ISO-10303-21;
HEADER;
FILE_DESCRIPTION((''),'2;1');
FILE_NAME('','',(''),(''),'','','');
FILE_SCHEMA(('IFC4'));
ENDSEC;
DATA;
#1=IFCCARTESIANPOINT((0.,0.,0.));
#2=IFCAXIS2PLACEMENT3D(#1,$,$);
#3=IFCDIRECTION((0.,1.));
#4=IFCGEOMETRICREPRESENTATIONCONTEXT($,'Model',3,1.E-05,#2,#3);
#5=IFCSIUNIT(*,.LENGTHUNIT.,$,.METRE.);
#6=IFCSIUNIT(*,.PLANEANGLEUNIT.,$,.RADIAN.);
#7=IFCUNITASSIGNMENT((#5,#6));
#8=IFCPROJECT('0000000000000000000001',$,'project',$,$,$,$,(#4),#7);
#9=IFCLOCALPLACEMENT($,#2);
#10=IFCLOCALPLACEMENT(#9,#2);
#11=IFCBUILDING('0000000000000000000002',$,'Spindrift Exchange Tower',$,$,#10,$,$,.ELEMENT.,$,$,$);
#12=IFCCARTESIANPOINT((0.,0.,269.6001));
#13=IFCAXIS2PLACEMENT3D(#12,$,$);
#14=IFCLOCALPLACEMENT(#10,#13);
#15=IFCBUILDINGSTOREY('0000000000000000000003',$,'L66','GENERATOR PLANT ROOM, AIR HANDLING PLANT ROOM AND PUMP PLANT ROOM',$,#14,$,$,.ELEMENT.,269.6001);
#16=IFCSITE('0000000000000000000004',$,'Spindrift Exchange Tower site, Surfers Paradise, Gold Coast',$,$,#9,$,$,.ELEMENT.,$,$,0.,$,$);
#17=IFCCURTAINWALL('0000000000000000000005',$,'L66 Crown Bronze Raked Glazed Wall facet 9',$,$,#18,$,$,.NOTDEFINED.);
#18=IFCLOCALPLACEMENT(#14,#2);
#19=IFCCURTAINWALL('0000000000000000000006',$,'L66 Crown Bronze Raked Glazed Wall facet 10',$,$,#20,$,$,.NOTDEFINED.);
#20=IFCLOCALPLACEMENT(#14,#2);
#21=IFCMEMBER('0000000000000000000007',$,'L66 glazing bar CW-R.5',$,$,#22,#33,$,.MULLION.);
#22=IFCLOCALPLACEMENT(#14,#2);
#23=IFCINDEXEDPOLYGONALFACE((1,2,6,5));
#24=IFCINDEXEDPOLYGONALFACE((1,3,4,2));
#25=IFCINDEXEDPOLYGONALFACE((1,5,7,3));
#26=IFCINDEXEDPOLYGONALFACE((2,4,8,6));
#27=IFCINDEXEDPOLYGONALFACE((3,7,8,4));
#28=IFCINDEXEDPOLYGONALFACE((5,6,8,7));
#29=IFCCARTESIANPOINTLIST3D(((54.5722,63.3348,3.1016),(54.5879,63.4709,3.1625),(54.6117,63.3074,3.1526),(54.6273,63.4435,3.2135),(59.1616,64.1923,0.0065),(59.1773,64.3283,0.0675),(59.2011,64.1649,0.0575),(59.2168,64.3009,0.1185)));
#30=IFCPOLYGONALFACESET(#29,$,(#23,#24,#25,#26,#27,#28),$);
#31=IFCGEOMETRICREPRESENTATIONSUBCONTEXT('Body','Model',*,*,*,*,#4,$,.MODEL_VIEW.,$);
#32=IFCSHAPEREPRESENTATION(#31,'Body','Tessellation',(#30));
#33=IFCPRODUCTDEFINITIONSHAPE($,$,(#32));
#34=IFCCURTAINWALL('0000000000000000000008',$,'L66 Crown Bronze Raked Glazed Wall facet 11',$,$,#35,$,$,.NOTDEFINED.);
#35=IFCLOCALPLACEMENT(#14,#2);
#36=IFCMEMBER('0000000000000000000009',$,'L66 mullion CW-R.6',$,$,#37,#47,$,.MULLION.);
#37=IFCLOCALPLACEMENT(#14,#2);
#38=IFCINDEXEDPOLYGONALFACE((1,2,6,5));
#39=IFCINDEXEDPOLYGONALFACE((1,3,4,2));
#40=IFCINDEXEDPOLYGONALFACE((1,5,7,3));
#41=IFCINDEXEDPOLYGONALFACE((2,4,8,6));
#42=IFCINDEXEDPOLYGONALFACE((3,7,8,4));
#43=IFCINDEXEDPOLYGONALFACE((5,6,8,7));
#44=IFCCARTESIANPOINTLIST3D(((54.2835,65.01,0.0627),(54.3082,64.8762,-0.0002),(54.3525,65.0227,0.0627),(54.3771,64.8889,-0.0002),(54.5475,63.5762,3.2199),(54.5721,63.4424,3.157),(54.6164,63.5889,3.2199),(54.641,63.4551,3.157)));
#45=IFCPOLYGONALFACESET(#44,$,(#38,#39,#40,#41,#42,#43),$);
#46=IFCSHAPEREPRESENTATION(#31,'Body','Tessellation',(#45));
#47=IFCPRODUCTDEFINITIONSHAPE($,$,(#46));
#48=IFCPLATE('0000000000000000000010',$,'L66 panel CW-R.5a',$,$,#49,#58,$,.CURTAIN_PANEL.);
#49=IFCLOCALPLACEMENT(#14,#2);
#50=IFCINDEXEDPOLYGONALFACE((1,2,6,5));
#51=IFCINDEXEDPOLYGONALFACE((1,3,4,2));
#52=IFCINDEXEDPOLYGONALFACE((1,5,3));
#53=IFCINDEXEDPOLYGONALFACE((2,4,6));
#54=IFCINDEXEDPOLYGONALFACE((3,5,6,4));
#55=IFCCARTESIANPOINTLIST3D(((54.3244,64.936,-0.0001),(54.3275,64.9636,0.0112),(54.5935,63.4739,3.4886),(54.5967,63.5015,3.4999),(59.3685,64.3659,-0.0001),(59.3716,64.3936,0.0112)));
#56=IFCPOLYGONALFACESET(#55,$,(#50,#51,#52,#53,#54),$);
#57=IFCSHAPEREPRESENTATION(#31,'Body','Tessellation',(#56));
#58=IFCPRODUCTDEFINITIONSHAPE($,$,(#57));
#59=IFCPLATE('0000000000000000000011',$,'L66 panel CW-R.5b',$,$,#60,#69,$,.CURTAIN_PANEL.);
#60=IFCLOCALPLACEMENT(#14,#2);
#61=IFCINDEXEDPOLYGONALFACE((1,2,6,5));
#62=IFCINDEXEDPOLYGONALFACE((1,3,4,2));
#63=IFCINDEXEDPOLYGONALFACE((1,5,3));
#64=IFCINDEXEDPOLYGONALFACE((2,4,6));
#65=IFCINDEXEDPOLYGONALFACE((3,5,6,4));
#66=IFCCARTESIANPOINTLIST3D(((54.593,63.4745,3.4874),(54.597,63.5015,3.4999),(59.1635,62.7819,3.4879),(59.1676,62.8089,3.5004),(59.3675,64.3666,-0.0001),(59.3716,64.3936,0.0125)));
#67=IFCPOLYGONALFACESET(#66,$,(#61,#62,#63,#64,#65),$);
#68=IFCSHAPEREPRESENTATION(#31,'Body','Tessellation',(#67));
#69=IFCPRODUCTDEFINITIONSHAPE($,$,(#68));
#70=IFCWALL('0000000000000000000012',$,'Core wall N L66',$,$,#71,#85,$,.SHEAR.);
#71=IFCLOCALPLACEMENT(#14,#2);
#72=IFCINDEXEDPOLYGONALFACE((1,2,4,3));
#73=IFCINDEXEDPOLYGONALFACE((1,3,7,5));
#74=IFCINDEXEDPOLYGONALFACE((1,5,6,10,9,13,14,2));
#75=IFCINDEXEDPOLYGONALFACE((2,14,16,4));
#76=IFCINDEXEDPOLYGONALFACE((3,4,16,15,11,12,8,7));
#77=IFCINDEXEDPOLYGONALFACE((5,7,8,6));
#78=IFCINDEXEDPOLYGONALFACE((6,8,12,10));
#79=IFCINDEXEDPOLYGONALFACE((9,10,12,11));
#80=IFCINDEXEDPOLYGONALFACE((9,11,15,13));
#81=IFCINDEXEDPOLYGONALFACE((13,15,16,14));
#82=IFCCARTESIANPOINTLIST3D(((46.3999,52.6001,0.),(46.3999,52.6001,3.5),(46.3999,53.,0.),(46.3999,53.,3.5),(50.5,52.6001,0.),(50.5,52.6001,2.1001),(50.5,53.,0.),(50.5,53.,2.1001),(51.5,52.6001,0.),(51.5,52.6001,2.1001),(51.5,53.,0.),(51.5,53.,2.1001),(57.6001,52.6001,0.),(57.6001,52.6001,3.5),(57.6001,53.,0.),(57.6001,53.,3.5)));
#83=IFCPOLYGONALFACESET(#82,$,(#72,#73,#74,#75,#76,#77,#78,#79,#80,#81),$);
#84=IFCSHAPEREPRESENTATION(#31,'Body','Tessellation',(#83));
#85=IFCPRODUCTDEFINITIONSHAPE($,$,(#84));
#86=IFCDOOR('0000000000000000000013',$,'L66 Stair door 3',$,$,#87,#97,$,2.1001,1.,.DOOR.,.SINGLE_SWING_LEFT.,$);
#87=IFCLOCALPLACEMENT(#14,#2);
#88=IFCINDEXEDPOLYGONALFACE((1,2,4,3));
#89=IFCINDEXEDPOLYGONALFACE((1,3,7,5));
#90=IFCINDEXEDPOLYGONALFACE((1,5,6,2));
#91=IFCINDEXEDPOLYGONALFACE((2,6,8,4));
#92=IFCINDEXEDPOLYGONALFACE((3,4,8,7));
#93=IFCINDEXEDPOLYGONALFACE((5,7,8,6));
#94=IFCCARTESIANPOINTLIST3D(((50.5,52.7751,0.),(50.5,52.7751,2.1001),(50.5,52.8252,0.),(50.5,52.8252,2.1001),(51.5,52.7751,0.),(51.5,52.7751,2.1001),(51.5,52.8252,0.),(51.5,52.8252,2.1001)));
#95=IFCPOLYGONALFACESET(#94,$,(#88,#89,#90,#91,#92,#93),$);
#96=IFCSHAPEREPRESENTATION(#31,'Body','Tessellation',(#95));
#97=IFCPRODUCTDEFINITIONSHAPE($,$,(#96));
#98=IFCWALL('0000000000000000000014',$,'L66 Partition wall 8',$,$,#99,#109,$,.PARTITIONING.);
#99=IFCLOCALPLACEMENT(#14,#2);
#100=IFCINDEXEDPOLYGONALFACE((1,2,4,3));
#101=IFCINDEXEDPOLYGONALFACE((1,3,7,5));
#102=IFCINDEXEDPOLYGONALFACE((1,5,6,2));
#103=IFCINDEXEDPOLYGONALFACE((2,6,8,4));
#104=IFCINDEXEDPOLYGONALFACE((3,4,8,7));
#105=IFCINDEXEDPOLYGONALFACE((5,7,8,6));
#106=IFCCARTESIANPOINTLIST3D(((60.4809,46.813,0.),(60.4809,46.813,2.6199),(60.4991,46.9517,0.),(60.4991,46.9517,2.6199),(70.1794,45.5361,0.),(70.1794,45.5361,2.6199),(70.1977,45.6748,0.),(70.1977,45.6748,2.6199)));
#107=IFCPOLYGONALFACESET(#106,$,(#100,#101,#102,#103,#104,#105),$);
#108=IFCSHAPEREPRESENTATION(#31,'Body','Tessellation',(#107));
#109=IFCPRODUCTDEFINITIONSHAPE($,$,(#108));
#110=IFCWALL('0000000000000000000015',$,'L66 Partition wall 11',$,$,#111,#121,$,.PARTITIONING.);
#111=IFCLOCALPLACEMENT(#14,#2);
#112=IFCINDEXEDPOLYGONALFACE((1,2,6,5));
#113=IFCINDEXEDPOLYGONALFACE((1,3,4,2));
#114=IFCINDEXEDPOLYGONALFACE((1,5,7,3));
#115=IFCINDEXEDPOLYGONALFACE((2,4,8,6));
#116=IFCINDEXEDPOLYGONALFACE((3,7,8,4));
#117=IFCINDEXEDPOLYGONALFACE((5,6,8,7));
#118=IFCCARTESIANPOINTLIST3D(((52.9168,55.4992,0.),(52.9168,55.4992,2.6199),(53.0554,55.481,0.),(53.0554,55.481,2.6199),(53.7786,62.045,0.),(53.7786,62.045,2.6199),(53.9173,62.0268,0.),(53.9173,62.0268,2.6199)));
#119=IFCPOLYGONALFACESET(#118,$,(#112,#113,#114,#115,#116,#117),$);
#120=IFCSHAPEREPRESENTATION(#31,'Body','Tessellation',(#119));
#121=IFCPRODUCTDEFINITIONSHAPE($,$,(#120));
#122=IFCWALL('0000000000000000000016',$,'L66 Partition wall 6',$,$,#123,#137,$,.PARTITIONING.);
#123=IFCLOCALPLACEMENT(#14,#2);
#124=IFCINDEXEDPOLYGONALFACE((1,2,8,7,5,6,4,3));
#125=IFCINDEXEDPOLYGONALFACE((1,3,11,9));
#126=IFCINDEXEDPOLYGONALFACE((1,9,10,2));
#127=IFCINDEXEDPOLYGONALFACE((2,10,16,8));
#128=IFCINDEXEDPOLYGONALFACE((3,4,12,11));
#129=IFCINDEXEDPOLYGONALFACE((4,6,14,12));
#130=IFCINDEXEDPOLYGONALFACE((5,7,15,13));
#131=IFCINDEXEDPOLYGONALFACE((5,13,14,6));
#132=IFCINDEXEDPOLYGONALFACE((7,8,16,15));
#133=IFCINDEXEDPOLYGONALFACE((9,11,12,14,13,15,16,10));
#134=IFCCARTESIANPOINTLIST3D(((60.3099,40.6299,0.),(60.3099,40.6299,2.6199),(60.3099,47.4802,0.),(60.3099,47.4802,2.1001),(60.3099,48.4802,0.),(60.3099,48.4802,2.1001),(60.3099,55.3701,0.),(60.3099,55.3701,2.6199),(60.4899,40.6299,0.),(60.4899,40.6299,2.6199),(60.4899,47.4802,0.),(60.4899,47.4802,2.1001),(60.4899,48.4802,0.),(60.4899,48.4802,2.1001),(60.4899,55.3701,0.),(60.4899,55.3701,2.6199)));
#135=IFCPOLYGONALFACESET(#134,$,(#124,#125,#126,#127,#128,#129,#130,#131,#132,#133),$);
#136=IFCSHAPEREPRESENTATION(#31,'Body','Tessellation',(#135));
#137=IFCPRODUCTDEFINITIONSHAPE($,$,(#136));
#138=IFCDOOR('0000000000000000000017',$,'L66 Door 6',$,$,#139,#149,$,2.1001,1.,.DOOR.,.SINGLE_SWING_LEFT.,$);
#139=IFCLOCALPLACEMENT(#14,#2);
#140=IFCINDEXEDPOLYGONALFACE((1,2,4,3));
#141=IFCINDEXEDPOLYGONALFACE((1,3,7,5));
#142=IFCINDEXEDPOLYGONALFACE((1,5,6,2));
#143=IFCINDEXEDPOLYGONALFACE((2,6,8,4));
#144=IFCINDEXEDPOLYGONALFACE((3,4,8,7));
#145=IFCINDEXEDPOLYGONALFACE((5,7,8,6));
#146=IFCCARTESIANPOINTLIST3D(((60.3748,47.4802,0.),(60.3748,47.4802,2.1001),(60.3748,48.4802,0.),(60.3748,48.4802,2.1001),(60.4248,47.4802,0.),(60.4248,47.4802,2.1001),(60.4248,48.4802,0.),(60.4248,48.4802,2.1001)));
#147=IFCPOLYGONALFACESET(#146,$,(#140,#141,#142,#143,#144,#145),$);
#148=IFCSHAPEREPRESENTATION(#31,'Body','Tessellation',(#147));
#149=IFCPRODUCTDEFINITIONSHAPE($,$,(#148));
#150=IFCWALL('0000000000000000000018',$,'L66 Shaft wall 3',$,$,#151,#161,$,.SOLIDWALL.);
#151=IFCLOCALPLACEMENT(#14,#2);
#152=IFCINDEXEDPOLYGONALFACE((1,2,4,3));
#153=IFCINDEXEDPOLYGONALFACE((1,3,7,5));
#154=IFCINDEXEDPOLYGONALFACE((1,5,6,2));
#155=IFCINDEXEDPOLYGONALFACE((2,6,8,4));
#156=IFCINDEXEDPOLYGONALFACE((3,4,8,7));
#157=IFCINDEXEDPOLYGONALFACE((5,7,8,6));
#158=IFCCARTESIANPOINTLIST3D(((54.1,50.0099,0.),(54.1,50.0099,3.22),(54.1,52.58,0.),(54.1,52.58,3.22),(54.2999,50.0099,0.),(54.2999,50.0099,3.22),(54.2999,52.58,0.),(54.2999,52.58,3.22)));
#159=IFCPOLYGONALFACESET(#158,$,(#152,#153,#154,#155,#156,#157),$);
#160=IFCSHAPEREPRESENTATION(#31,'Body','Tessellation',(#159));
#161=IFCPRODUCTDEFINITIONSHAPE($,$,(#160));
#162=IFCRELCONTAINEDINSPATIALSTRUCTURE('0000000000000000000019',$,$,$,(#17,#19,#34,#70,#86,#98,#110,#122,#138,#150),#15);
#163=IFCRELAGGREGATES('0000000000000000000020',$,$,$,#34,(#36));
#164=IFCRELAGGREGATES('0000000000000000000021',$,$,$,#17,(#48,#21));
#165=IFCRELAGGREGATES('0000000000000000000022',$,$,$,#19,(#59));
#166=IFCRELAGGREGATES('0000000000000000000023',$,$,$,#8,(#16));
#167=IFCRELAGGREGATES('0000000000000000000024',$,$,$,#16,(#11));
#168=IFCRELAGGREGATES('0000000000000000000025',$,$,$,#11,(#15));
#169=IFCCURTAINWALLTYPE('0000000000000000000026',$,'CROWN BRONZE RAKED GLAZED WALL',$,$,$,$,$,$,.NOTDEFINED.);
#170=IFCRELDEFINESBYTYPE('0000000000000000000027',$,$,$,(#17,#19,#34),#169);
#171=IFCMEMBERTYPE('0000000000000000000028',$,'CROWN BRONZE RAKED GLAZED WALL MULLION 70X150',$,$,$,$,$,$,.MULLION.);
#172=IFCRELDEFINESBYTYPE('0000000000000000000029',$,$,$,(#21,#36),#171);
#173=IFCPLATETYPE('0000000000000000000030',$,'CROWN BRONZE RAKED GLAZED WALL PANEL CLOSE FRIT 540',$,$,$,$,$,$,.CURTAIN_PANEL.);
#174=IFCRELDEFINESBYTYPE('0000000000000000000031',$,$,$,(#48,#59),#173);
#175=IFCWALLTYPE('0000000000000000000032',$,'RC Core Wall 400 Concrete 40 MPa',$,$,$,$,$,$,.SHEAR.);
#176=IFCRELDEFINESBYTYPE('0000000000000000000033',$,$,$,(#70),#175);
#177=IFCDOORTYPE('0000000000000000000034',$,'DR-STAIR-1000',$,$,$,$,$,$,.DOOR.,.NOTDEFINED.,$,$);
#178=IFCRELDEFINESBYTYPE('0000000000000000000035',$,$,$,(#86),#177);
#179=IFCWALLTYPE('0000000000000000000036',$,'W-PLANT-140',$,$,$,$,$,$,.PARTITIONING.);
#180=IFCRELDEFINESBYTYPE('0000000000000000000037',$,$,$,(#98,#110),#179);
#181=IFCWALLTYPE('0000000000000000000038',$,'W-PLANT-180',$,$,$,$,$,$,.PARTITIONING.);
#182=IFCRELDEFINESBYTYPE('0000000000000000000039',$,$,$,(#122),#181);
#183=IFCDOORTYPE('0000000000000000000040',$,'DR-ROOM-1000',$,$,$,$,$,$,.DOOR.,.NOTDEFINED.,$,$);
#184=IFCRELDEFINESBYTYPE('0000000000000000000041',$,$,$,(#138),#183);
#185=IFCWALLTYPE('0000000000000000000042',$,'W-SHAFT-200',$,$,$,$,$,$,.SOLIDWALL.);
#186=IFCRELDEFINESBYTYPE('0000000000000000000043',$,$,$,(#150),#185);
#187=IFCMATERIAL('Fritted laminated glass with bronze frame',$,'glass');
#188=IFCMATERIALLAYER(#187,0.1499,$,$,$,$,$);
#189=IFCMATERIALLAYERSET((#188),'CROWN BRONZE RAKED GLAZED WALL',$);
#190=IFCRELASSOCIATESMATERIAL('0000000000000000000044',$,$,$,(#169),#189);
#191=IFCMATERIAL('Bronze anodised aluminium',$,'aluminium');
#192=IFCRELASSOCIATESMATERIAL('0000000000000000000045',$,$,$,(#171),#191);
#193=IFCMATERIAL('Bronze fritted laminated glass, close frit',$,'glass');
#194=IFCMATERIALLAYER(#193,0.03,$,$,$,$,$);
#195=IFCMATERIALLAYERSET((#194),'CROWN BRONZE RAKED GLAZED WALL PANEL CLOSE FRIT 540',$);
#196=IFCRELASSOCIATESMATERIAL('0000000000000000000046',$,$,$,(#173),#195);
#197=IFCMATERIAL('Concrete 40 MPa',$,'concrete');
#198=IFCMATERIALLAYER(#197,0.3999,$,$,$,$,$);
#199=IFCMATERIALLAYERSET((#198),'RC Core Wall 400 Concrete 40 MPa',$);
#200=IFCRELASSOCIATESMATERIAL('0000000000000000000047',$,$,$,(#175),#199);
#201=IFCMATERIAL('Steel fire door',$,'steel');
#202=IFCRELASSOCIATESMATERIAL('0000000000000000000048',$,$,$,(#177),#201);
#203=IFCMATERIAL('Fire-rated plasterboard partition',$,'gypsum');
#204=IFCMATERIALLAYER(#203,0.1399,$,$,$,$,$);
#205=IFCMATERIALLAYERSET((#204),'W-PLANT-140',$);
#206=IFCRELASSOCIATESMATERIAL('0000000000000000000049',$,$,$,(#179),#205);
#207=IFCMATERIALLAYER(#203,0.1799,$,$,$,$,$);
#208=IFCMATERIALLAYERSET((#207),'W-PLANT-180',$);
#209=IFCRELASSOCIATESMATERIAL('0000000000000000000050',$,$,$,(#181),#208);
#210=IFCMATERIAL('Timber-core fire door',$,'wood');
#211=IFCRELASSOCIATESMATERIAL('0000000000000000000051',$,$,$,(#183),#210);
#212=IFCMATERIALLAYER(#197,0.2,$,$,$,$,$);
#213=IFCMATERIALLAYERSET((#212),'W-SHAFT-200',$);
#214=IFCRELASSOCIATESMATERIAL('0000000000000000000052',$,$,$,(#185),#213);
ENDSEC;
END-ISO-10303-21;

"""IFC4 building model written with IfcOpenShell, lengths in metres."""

from ifc_helpers import new_model, si_unit, direction, frame, frame_2d, origin, origin_2d, place, context, subcontext, project, spatial, line, indexed_curve, rectangle, outline, extrude, source, transform, mapped, material, layer, layer_set, material_profile, profile_set, type_object, element, fill, aggregate, save


model = new_model("IFC4")

# Units and contexts
model_context = context("Model", 3, precision=1e-05, world=origin(), true_north=direction((0.0, 1.0)))
body_context = subcontext(model_context, "Body", "Model", "MODEL_VIEW")
ifc_project = project(units=[si_unit("LENGTHUNIT", "METRE"), si_unit("PLANEANGLEUNIT", "RADIAN")], contexts=[model_context])

# Site, building, storey
site_placement = place(None, origin())
site = spatial("IfcSite", under=ifc_project, at=site_placement, Name="Spindrift Exchange Tower site, Surfers Paradise, Gold Coast", CompositionType="ELEMENT", RefElevation=0.0)
building_placement = place(site_placement, origin())
building = spatial("IfcBuilding", under=site, at=building_placement, Name="Spindrift Exchange Tower", CompositionType="ELEMENT")
storey_placement = place(building_placement, frame((0.0, 0.0, 269.6001)))
storey = spatial("IfcBuildingStorey", under=building, at=storey_placement, Name="L66", Description="GENERATOR PLANT ROOM, AIR HANDLING PLANT ROOM AND PUMP PLANT ROOM", CompositionType="ELEMENT", Elevation=269.6001)

# Shared definitions
ifc_material_1 = material(Name="Concrete 40 MPa", Category="concrete")

# Curtain wall
ifc_material_2 = material(Name="Fritted laminated glass with bronze frame", Category="glass")
ifc_layer_1 = layer(ifc_material_2, 0.1499)
ifc_layer_set_1 = layer_set([ifc_layer_1], Name="CROWN BRONZE RAKED GLAZED WALL")
curtain_wall_type = type_object("IfcCurtainWallType", Name="CROWN BRONZE RAKED GLAZED WALL", PredefinedType="NOTDEFINED", material=ifc_layer_set_1)
ifc_material_3 = material(Name="Bronze anodised aluminium", Category="aluminium")
ifc_material_profile_1 = material_profile(ifc_material_3, rectangle(XDim=0.0701, YDim=0.1499, at=origin_2d()), Name="CROWN BRONZE RAKED GLAZED WALL MULLION 70X150")
ifc_profile_set_1 = profile_set([ifc_material_profile_1], Name="Bronze anodised aluminium")
member_type_1 = type_object("IfcMemberType", Name="CROWN BRONZE RAKED GLAZED WALL MULLION 70X150", PredefinedType="MULLION", material=ifc_profile_set_1)
curtain_wall_1_placement = place(storey_placement, origin())
curtain_wall_1 = element("IfcCurtainWall", 1, at=curtain_wall_1_placement, inside=storey, type_object=curtain_wall_type, Name="L66 Crown Bronze Raked Glazed Wall facet 9", PredefinedType="NOTDEFINED")

# Curtain wall
curtain_wall_2_placement = place(storey_placement, origin())
curtain_wall_2 = element("IfcCurtainWall", 2, at=curtain_wall_2_placement, inside=storey, type_object=curtain_wall_type, Name="L66 Crown Bronze Raked Glazed Wall facet 10", PredefinedType="NOTDEFINED")

# Member
shared_shape_1 = source(origin(), body_context, "Body", "SweptSolid", [
    extrude(rectangle(XDim=0.0701, YDim=0.1499, at=origin_2d()), origin(), (0.0, 0.0, 1.0), 5.6016),
])
member_1_placement = place(storey_placement, frame((59.1892, 64.2466, 0.0625), z_axis=(-0.819316, -0.153072, 0.552531), x_axis=(0.563715, -0.390929, 0.727599)))
member_1 = element("IfcMember", 3, at=member_1_placement, type_object=member_type_1, Name="L66 glazing bar CW-R.5", PredefinedType="MULLION", context=body_context, shape_type="MappedRepresentation", body=[
    mapped(shared_shape_1, transform((0.0, 0.0, 0.0), scale=1.0)),
])

# Curtain wall, member
curtain_wall_3_placement = place(storey_placement, origin())
curtain_wall_3 = element("IfcCurtainWall", 4, at=curtain_wall_3_placement, inside=storey, type_object=curtain_wall_type, Name="L66 Crown Bronze Raked Glazed Wall facet 11", PredefinedType="NOTDEFINED")
shared_shape_2 = source(origin(), body_context, "Body", "SweptSolid", [
    extrude(rectangle(XDim=0.0701, YDim=0.1499, at=origin_2d()), origin(), (0.0, 0.0, 1.0), 3.4775),
])
member_2_placement = place(storey_placement, frame((54.3303, 64.9495, 0.0312), z_axis=(0.075891, -0.412308, 0.907878), x_axis=(0.983479, 0.181022, 0.0)))
member_2 = element("IfcMember", 5, at=member_2_placement, type_object=member_type_1, Name="L66 mullion CW-R.6", PredefinedType="MULLION", context=body_context, shape_type="MappedRepresentation", body=[
    mapped(shared_shape_2, transform((0.0, 0.0, 0.0), scale=1.0)),
])
aggregate(curtain_wall_3, [member_2])

# Plates
ifc_material_4 = material(Name="Bronze fritted laminated glass, close frit", Category="glass")
ifc_layer_2 = layer(ifc_material_4, 0.03)
ifc_layer_set_2 = layer_set([ifc_layer_2], Name="CROWN BRONZE RAKED GLAZED WALL PANEL CLOSE FRIT 540")
plate_type = type_object("IfcPlateType", Name="CROWN BRONZE RAKED GLAZED WALL PANEL CLOSE FRIT 540", PredefinedType="CURTAIN_PANEL", material=ifc_layer_set_2)
plate_1_placement = place(storey_placement, frame((59.3716, 64.3936, 0.0112), z_axis=(0.103991, 0.920112, 0.377596), x_axis=(-0.993674, 0.112305, 0.0)))
plate_1 = element("IfcPlate", 6, at=plate_1_placement, type_object=plate_type, Name="L66 panel CW-R.5a", PredefinedType="CURTAIN_PANEL", context=body_context, shape_type="SweptSolid", body=[
    extrude(outline(indexed_curve([(0.0, 0.0), (5.0762, 0.0), (4.6445, 3.7676)], segments=[line(1, 2, 3, 1)], self_intersect=False)), origin(), (0.0, 0.0, -1.0), 0.03),
])
aggregate(curtain_wall_1, [plate_1, member_1])
plate_2_placement = place(storey_placement, frame((59.3716, 64.3936, 0.0125), z_axis=(0.136178, 0.898936, 0.416377), x_axis=(-0.798485, -0.149188, 0.583237)))
plate_2 = element("IfcPlate", 7, at=plate_2_placement, type_object=plate_type, Name="L66 panel CW-R.5b", PredefinedType="CURTAIN_PANEL", context=body_context, shape_type="SweptSolid", body=[
    extrude(outline(indexed_curve([(0.0, 0.0), (5.9795, 0.0), (2.4336, 2.9658)], segments=[line(1, 2, 3, 1)], self_intersect=False)), origin(), (0.0, 0.0, -1.0), 0.03),
])
aggregate(curtain_wall_2, [plate_2])

# Wall, opening, door
ifc_layer_3 = layer(ifc_material_1, 0.3999)
ifc_layer_set_3 = layer_set([ifc_layer_3], Name="RC Core Wall 400 Concrete 40 MPa")
wall_type_1 = type_object("IfcWallType", Name="RC Core Wall 400 Concrete 40 MPa", PredefinedType="SHEAR", material=ifc_layer_set_3)
wall_1_placement = place(storey_placement, frame((57.6001, 52.8, 0.0), z_axis=(0.0, 0.0, 1.0), x_axis=(-1.0, 0.0, 0.0)))
wall_1 = element("IfcWall", 8, at=wall_1_placement, inside=storey, type_object=wall_type_1, Name="Core wall N L66", PredefinedType="SHEAR", context=body_context, shape_type="SweptSolid", body=[
    extrude(rectangle(XDim=11.2002, YDim=0.3999, at=frame_2d((5.6001, 0.0))), origin(), (0.0, 0.0, 1.0), 3.5),
])
opening_1_placement = place(wall_1_placement, frame((6.1001, 0.0, 0.0)))
opening_1 = element("IfcOpeningElement", 9, at=opening_1_placement, cuts=wall_1, PredefinedType="OPENING", context=body_context, shape_type="SweptSolid", body=[
    extrude(rectangle(XDim=1.0, YDim=2.1001, at=frame_2d((0.5, 1.05))), frame((0.0, 0.21, 0.0), z_axis=(0.0, -1.0, 0.0), x_axis=(1.0, 0.0, 0.0)), (0.0, 0.0, 1.0), 0.4199),
])
ifc_material_5 = material(Name="Steel fire door", Category="steel")
door_type_1 = type_object("IfcDoorType", Name="DR-STAIR-1000", OperationType="NOTDEFINED", PredefinedType="DOOR", material=ifc_material_5)
shared_shape_3 = source(origin(), body_context, "Body", "SweptSolid", [
    extrude(rectangle(XDim=1.0, YDim=2.1001, at=frame_2d((0.5, 1.05))), frame((0.0, 0.0249, 0.0), z_axis=(0.0, -1.0, 0.0), x_axis=(1.0, 0.0, 0.0)), (0.0, 0.0, 1.0), 0.05),
])
door_1_placement = place(opening_1_placement, origin())
door_1 = element("IfcDoor", 10, at=door_1_placement, inside=storey, type_object=door_type_1, Name="L66 Stair door 3", OperationType="SINGLE_SWING_LEFT", OverallHeight=2.1001, OverallWidth=1.0, PredefinedType="DOOR", context=body_context, shape_type="MappedRepresentation", body=[
    mapped(shared_shape_3, transform((0.0, 0.0, 0.0), scale=1.0)),
])
fill(opening_1, door_1)

# Walls
ifc_material_6 = material(Name="Fire-rated plasterboard partition", Category="gypsum")
ifc_layer_4 = layer(ifc_material_6, 0.1399)
ifc_layer_set_4 = layer_set([ifc_layer_4], Name="W-PLANT-140")
wall_type_2 = type_object("IfcWallType", Name="W-PLANT-140", PredefinedType="PARTITIONING", material=ifc_layer_set_4)
wall_2_placement = place(storey_placement, frame((60.49, 46.8823, 0.0), z_axis=(0.0, 0.0, 1.0), x_axis=(0.991445, -0.130529, 0.0)))
element("IfcWall", 11, at=wall_2_placement, inside=storey, type_object=wall_type_2, Name="L66 Partition wall 8", PredefinedType="PARTITIONING", context=body_context, shape_type="SweptSolid", body=[
    extrude(rectangle(XDim=9.7822, YDim=0.1399, at=frame_2d((4.8911, 0.0))), origin(), (0.0, 0.0, 1.0), 2.6199),
])
wall_3_placement = place(storey_placement, frame((52.9861, 55.49, 0.0), z_axis=(0.0, 0.0, 1.0), x_axis=(0.130531, 0.991444, 0.0)))
element("IfcWall", 12, at=wall_3_placement, inside=storey, type_object=wall_type_2, Name="L66 Partition wall 11", PredefinedType="PARTITIONING", context=body_context, shape_type="SweptSolid", body=[
    extrude(rectangle(XDim=6.6023, YDim=0.1399, at=frame_2d((3.3013, 0.0))), origin(), (0.0, 0.0, 1.0), 2.6199),
])

# Wall, opening, door
ifc_layer_5 = layer(ifc_material_6, 0.1799)
ifc_layer_set_5 = layer_set([ifc_layer_5], Name="W-PLANT-180")
wall_type_3 = type_object("IfcWallType", Name="W-PLANT-180", PredefinedType="PARTITIONING", material=ifc_layer_set_5)
wall_4_placement = place(storey_placement, frame((60.3999, 55.3701, 0.0), z_axis=(0.0, 0.0, 1.0), x_axis=(0.0, -1.0, 0.0)))
wall_4 = element("IfcWall", 13, at=wall_4_placement, inside=storey, type_object=wall_type_3, Name="L66 Partition wall 6", PredefinedType="PARTITIONING", context=body_context, shape_type="SweptSolid", body=[
    extrude(rectangle(XDim=14.7402, YDim=0.1799, at=frame_2d((7.3701, 0.0))), origin(), (0.0, 0.0, 1.0), 2.6199),
])
opening_2_placement = place(wall_4_placement, frame((6.8899, 0.0, 0.0)))
opening_2 = element("IfcOpeningElement", 14, at=opening_2_placement, cuts=wall_4, PredefinedType="OPENING", context=body_context, shape_type="SweptSolid", body=[
    extrude(rectangle(XDim=1.0, YDim=2.1001, at=frame_2d((0.5, 1.05))), frame((0.0, 0.0999, 0.0), z_axis=(0.0, -1.0, 0.0), x_axis=(1.0, 0.0, 0.0)), (0.0, 0.0, 1.0), 0.2),
])
ifc_material_7 = material(Name="Timber-core fire door", Category="wood")
door_type_2 = type_object("IfcDoorType", Name="DR-ROOM-1000", OperationType="NOTDEFINED", PredefinedType="DOOR", material=ifc_material_7)
shared_shape_4 = source(origin(), body_context, "Body", "SweptSolid", [
    extrude(rectangle(XDim=1.0, YDim=2.1001, at=frame_2d((0.5, 1.05))), frame((0.0, 0.0249, 0.0), z_axis=(0.0, -1.0, 0.0), x_axis=(1.0, 0.0, 0.0)), (0.0, 0.0, 1.0), 0.05),
])
door_2_placement = place(opening_2_placement, origin())
door_2 = element("IfcDoor", 15, at=door_2_placement, inside=storey, type_object=door_type_2, Name="L66 Door 6", OperationType="SINGLE_SWING_LEFT", OverallHeight=2.1001, OverallWidth=1.0, PredefinedType="DOOR", context=body_context, shape_type="MappedRepresentation", body=[
    mapped(shared_shape_4, transform((0.0, 0.0, 0.0), scale=1.0)),
])
fill(opening_2, door_2)

# Wall
ifc_layer_6 = layer(ifc_material_1, 0.2)
ifc_layer_set_6 = layer_set([ifc_layer_6], Name="W-SHAFT-200")
wall_type_4 = type_object("IfcWallType", Name="W-SHAFT-200", PredefinedType="SOLIDWALL", material=ifc_layer_set_6)
wall_5_placement = place(storey_placement, frame((54.2, 52.5801, 0.0), z_axis=(0.0, 0.0, 1.0), x_axis=(0.0, -1.0, 0.0)))
element("IfcWall", 16, at=wall_5_placement, inside=storey, type_object=wall_type_4, Name="L66 Shaft wall 3", PredefinedType="SOLIDWALL", context=body_context, shape_type="SweptSolid", body=[
    extrude(rectangle(XDim=2.5701, YDim=0.2, at=frame_2d((1.2852, 0.0))), origin(), (0.0, 0.0, 1.0), 3.22),
])

save(model, "model.ifc")
